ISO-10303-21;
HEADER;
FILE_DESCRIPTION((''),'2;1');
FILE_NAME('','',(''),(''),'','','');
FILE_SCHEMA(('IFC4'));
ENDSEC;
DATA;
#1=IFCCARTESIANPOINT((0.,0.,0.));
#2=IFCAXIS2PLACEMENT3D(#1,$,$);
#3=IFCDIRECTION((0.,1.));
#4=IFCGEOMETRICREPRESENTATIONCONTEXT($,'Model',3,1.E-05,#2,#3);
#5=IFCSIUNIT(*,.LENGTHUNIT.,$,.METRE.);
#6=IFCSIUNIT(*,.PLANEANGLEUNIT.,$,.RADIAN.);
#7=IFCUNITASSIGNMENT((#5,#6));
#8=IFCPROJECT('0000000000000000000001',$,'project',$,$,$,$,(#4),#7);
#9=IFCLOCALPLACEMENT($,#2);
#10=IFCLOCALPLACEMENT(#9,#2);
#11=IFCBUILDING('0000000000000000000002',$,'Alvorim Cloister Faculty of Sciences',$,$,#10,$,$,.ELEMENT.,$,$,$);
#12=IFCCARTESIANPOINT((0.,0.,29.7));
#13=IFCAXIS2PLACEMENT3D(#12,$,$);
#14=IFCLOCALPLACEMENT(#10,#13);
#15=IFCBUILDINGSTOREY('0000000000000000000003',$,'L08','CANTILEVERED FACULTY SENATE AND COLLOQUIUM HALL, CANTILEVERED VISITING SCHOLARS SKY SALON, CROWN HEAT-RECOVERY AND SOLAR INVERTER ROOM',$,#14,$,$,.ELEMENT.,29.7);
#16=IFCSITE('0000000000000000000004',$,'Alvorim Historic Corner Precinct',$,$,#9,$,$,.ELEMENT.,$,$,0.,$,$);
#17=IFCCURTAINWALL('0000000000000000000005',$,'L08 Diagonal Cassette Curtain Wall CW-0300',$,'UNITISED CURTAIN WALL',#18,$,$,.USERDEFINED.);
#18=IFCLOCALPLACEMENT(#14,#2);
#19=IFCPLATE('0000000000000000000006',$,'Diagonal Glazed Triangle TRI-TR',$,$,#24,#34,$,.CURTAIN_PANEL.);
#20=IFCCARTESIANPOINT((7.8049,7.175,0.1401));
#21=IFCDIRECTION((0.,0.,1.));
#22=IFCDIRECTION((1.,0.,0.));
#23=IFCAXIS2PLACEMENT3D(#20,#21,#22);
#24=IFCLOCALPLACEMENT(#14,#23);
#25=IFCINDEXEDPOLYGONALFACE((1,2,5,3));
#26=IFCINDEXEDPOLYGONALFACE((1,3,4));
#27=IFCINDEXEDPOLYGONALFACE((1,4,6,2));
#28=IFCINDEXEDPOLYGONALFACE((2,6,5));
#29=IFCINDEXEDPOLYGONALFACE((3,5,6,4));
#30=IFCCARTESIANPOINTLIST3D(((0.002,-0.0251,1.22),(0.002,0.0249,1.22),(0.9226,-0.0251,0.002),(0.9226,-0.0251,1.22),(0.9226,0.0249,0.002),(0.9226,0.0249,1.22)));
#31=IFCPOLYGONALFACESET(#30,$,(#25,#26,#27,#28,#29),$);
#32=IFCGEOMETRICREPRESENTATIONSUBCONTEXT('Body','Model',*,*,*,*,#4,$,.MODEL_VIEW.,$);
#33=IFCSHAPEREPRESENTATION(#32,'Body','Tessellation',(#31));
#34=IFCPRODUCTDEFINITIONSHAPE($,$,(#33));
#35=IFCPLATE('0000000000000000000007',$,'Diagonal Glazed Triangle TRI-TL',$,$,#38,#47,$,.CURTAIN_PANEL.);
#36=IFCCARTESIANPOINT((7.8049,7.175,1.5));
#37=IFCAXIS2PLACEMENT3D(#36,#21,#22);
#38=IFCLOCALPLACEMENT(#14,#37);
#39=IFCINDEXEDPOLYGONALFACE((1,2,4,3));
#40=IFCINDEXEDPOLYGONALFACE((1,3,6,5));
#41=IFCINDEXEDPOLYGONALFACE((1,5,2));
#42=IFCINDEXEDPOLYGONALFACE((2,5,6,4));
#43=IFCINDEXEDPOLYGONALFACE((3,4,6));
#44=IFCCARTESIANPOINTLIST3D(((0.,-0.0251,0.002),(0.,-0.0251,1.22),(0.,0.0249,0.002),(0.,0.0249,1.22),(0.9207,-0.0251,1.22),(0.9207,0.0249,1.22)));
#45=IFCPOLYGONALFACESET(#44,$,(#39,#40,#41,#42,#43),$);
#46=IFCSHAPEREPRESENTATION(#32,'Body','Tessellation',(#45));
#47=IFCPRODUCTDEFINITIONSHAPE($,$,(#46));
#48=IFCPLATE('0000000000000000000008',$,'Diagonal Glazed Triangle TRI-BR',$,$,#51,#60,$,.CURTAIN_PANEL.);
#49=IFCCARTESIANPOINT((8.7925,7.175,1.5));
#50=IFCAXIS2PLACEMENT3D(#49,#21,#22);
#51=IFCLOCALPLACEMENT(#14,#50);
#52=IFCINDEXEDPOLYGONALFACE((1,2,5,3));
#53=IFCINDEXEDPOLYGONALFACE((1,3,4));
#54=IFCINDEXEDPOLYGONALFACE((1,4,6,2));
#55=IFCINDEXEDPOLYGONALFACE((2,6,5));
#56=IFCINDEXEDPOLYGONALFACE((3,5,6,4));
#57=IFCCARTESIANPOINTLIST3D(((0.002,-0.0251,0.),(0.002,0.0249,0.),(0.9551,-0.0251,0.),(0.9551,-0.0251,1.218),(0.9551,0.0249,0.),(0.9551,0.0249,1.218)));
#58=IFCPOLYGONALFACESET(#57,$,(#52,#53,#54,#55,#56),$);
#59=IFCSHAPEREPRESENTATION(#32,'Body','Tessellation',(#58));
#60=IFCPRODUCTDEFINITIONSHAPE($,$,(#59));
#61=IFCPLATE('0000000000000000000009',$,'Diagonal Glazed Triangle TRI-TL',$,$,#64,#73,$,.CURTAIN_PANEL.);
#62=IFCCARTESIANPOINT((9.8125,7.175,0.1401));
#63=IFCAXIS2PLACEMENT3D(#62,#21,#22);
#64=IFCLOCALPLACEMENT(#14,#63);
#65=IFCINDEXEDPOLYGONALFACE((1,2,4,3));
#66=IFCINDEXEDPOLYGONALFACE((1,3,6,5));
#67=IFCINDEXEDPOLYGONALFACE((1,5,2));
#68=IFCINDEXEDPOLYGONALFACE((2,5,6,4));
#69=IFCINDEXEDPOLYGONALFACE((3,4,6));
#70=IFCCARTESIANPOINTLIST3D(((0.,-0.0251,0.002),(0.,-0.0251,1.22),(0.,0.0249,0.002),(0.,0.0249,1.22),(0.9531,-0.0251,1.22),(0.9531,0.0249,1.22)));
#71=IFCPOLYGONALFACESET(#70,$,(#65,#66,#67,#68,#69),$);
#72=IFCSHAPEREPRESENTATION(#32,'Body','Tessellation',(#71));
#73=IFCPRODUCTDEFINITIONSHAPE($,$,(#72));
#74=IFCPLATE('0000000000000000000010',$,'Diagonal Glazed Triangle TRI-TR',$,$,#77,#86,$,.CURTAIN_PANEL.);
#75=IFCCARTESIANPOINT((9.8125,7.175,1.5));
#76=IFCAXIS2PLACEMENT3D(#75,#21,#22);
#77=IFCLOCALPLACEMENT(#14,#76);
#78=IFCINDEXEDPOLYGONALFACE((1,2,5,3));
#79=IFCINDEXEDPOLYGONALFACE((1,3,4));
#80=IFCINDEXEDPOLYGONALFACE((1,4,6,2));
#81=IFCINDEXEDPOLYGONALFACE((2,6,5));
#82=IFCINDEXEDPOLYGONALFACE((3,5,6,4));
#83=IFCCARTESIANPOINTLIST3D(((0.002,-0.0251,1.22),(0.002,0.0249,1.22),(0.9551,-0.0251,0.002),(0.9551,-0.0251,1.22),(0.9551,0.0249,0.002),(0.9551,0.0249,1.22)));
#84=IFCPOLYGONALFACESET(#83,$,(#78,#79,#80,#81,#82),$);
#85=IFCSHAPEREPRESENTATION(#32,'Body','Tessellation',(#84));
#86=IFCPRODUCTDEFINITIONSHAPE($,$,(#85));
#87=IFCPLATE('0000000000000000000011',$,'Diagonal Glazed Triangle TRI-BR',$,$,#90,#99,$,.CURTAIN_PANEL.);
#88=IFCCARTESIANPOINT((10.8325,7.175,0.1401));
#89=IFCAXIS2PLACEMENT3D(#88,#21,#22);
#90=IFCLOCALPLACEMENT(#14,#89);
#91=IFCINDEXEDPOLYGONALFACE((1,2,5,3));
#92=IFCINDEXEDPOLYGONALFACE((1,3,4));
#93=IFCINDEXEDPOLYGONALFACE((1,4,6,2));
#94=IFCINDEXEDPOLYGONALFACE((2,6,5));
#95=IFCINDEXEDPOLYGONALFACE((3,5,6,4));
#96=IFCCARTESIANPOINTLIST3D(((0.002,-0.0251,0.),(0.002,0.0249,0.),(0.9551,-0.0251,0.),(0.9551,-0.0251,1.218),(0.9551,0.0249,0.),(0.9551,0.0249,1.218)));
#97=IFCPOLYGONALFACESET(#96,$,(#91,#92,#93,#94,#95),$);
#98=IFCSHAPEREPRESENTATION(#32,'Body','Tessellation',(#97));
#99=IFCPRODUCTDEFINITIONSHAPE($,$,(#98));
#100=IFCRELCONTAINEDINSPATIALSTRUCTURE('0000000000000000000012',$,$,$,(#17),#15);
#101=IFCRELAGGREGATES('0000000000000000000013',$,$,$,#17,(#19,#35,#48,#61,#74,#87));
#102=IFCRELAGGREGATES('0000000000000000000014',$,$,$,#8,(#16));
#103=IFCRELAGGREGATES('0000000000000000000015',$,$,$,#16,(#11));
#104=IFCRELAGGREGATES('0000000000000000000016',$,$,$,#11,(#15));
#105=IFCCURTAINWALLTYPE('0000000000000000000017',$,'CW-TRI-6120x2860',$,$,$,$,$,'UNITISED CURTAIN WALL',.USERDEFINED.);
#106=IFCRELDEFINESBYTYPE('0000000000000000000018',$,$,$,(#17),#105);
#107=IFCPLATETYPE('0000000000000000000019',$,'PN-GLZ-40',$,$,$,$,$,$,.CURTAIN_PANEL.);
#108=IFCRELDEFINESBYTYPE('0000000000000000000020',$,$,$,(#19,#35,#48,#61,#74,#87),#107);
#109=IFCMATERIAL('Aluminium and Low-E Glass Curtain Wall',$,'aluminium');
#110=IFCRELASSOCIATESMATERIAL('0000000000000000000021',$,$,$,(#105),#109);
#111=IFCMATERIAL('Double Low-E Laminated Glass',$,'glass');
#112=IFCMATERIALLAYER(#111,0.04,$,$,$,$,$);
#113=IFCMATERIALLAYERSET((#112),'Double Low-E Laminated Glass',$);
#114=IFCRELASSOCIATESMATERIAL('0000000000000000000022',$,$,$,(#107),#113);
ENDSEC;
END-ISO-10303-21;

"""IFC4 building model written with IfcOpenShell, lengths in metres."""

from ifc_helpers import new_model, si_unit, direction, frame, origin, place, context, subcontext, project, spatial, polyline, outline, extrude, material, layer, layer_set, type_object, element, aggregate, save


model = new_model("IFC4")

# Units and contexts
model_context = context("Model", 3, precision=1e-05, world=origin(), true_north=direction((0.0, 1.0)))
body_context = subcontext(model_context, "Body", "Model", "MODEL_VIEW")
ifc_project = project(units=[si_unit("LENGTHUNIT", "METRE"), si_unit("PLANEANGLEUNIT", "RADIAN")], contexts=[model_context])

# Site, building, storey
site_placement = place(None, origin())
site = spatial("IfcSite", under=ifc_project, at=site_placement, Name="Alvorim Historic Corner Precinct", CompositionType="ELEMENT", RefElevation=0.0)
building_placement = place(site_placement, origin())
building = spatial("IfcBuilding", under=site, at=building_placement, Name="Alvorim Cloister Faculty of Sciences", CompositionType="ELEMENT")
storey_placement = place(building_placement, frame((0.0, 0.0, 29.7)))
storey = spatial("IfcBuildingStorey", under=building, at=storey_placement, Name="L08", Description="CANTILEVERED FACULTY SENATE AND COLLOQUIUM HALL, CANTILEVERED VISITING SCHOLARS SKY SALON, CROWN HEAT-RECOVERY AND SOLAR INVERTER ROOM", CompositionType="ELEMENT", Elevation=29.7)

# Curtain wall, plates
ifc_material_1 = material(Name="Aluminium and Low-E Glass Curtain Wall", Category="aluminium")
curtain_wall_type = type_object("IfcCurtainWallType", Name="CW-TRI-6120x2860", ElementType="UNITISED CURTAIN WALL", PredefinedType="USERDEFINED", material=ifc_material_1)
curtain_wall_placement = place(storey_placement, origin())
curtain_wall = element("IfcCurtainWall", 1, at=curtain_wall_placement, inside=storey, type_object=curtain_wall_type, Name="L08 Diagonal Cassette Curtain Wall CW-0300", ObjectType="UNITISED CURTAIN WALL", PredefinedType="USERDEFINED")
ifc_material_2 = material(Name="Double Low-E Laminated Glass", Category="glass")
ifc_layer_1 = layer(ifc_material_2, 0.04)
ifc_layer_set_1 = layer_set([ifc_layer_1], Name="Double Low-E Laminated Glass")
plate_type = type_object("IfcPlateType", Name="PN-GLZ-40", PredefinedType="CURTAIN_PANEL", material=ifc_layer_set_1)
plate_1_placement = place(storey_placement, frame((7.8049, 7.175, 0.1401), z_axis=(0.0, 0.0, 1.0), x_axis=(1.0, 0.0, 0.0)))
plate_1 = element("IfcPlate", 2, at=plate_1_placement, type_object=plate_type, Name="Diagonal Glazed Triangle TRI-TR", PredefinedType="CURTAIN_PANEL", context=body_context, shape_type="SweptSolid", body=[
    extrude(outline(polyline([(0.9226, 0.002), (0.9226, 1.22), (0.002, 1.22), (0.9226, 0.002)])), frame((0.0, 0.0249, 0.0), z_axis=(0.0, -1.0, 0.0), x_axis=(1.0, 0.0, 0.0)), (0.0, 0.0, 1.0), 0.05),
])
plate_2_placement = place(storey_placement, frame((7.8049, 7.175, 1.5), z_axis=(0.0, 0.0, 1.0), x_axis=(1.0, 0.0, 0.0)))
plate_2 = element("IfcPlate", 3, at=plate_2_placement, type_object=plate_type, Name="Diagonal Glazed Triangle TRI-TL", PredefinedType="CURTAIN_PANEL", context=body_context, shape_type="SweptSolid", body=[
    extrude(outline(polyline([(0.9207, 1.22), (0.0, 1.22), (0.0, 0.002), (0.9207, 1.22)])), frame((0.0, 0.0249, 0.0), z_axis=(0.0, -1.0, 0.0), x_axis=(1.0, 0.0, 0.0)), (0.0, 0.0, 1.0), 0.05),
])
plate_3_placement = place(storey_placement, frame((8.7925, 7.175, 1.5), z_axis=(0.0, 0.0, 1.0), x_axis=(1.0, 0.0, 0.0)))
plate_3 = element("IfcPlate", 4, at=plate_3_placement, type_object=plate_type, Name="Diagonal Glazed Triangle TRI-BR", PredefinedType="CURTAIN_PANEL", context=body_context, shape_type="SweptSolid", body=[
    extrude(outline(polyline([(0.002, 0.0), (0.9551, 0.0), (0.9551, 1.218), (0.002, 0.0)])), frame((0.0, 0.0249, 0.0), z_axis=(0.0, -1.0, 0.0), x_axis=(1.0, 0.0, 0.0)), (0.0, 0.0, 1.0), 0.05),
])
plate_4_placement = place(storey_placement, frame((9.8125, 7.175, 0.1401), z_axis=(0.0, 0.0, 1.0), x_axis=(1.0, 0.0, 0.0)))
plate_4 = element("IfcPlate", 5, at=plate_4_placement, type_object=plate_type, Name="Diagonal Glazed Triangle TRI-TL", PredefinedType="CURTAIN_PANEL", context=body_context, shape_type="SweptSolid", body=[
    extrude(outline(polyline([(0.9531, 1.22), (0.0, 1.22), (0.0, 0.002), (0.9531, 1.22)])), frame((0.0, 0.0249, 0.0), z_axis=(0.0, -1.0, 0.0), x_axis=(1.0, 0.0, 0.0)), (0.0, 0.0, 1.0), 0.05),
])
plate_5_placement = place(storey_placement, frame((9.8125, 7.175, 1.5), z_axis=(0.0, 0.0, 1.0), x_axis=(1.0, 0.0, 0.0)))
plate_5 = element("IfcPlate", 6, at=plate_5_placement, type_object=plate_type, Name="Diagonal Glazed Triangle TRI-TR", PredefinedType="CURTAIN_PANEL", context=body_context, shape_type="SweptSolid", body=[
    extrude(outline(polyline([(0.9551, 0.002), (0.9551, 1.22), (0.002, 1.22), (0.9551, 0.002)])), frame((0.0, 0.0249, 0.0), z_axis=(0.0, -1.0, 0.0), x_axis=(1.0, 0.0, 0.0)), (0.0, 0.0, 1.0), 0.05),
])
plate_6_placement = place(storey_placement, frame((10.8325, 7.175, 0.1401), z_axis=(0.0, 0.0, 1.0), x_axis=(1.0, 0.0, 0.0)))
plate_6 = element("IfcPlate", 7, at=plate_6_placement, type_object=plate_type, Name="Diagonal Glazed Triangle TRI-BR", PredefinedType="CURTAIN_PANEL", context=body_context, shape_type="SweptSolid", body=[
    extrude(outline(polyline([(0.002, 0.0), (0.9551, 0.0), (0.9551, 1.218), (0.002, 0.0)])), frame((0.0, 0.0249, 0.0), z_axis=(0.0, -1.0, 0.0), x_axis=(1.0, 0.0, 0.0)), (0.0, 0.0, 1.0), 0.05),
])
aggregate(curtain_wall, [plate_1, plate_2, plate_3, plate_4, plate_5, plate_6])

save(model, "model.ifc")
